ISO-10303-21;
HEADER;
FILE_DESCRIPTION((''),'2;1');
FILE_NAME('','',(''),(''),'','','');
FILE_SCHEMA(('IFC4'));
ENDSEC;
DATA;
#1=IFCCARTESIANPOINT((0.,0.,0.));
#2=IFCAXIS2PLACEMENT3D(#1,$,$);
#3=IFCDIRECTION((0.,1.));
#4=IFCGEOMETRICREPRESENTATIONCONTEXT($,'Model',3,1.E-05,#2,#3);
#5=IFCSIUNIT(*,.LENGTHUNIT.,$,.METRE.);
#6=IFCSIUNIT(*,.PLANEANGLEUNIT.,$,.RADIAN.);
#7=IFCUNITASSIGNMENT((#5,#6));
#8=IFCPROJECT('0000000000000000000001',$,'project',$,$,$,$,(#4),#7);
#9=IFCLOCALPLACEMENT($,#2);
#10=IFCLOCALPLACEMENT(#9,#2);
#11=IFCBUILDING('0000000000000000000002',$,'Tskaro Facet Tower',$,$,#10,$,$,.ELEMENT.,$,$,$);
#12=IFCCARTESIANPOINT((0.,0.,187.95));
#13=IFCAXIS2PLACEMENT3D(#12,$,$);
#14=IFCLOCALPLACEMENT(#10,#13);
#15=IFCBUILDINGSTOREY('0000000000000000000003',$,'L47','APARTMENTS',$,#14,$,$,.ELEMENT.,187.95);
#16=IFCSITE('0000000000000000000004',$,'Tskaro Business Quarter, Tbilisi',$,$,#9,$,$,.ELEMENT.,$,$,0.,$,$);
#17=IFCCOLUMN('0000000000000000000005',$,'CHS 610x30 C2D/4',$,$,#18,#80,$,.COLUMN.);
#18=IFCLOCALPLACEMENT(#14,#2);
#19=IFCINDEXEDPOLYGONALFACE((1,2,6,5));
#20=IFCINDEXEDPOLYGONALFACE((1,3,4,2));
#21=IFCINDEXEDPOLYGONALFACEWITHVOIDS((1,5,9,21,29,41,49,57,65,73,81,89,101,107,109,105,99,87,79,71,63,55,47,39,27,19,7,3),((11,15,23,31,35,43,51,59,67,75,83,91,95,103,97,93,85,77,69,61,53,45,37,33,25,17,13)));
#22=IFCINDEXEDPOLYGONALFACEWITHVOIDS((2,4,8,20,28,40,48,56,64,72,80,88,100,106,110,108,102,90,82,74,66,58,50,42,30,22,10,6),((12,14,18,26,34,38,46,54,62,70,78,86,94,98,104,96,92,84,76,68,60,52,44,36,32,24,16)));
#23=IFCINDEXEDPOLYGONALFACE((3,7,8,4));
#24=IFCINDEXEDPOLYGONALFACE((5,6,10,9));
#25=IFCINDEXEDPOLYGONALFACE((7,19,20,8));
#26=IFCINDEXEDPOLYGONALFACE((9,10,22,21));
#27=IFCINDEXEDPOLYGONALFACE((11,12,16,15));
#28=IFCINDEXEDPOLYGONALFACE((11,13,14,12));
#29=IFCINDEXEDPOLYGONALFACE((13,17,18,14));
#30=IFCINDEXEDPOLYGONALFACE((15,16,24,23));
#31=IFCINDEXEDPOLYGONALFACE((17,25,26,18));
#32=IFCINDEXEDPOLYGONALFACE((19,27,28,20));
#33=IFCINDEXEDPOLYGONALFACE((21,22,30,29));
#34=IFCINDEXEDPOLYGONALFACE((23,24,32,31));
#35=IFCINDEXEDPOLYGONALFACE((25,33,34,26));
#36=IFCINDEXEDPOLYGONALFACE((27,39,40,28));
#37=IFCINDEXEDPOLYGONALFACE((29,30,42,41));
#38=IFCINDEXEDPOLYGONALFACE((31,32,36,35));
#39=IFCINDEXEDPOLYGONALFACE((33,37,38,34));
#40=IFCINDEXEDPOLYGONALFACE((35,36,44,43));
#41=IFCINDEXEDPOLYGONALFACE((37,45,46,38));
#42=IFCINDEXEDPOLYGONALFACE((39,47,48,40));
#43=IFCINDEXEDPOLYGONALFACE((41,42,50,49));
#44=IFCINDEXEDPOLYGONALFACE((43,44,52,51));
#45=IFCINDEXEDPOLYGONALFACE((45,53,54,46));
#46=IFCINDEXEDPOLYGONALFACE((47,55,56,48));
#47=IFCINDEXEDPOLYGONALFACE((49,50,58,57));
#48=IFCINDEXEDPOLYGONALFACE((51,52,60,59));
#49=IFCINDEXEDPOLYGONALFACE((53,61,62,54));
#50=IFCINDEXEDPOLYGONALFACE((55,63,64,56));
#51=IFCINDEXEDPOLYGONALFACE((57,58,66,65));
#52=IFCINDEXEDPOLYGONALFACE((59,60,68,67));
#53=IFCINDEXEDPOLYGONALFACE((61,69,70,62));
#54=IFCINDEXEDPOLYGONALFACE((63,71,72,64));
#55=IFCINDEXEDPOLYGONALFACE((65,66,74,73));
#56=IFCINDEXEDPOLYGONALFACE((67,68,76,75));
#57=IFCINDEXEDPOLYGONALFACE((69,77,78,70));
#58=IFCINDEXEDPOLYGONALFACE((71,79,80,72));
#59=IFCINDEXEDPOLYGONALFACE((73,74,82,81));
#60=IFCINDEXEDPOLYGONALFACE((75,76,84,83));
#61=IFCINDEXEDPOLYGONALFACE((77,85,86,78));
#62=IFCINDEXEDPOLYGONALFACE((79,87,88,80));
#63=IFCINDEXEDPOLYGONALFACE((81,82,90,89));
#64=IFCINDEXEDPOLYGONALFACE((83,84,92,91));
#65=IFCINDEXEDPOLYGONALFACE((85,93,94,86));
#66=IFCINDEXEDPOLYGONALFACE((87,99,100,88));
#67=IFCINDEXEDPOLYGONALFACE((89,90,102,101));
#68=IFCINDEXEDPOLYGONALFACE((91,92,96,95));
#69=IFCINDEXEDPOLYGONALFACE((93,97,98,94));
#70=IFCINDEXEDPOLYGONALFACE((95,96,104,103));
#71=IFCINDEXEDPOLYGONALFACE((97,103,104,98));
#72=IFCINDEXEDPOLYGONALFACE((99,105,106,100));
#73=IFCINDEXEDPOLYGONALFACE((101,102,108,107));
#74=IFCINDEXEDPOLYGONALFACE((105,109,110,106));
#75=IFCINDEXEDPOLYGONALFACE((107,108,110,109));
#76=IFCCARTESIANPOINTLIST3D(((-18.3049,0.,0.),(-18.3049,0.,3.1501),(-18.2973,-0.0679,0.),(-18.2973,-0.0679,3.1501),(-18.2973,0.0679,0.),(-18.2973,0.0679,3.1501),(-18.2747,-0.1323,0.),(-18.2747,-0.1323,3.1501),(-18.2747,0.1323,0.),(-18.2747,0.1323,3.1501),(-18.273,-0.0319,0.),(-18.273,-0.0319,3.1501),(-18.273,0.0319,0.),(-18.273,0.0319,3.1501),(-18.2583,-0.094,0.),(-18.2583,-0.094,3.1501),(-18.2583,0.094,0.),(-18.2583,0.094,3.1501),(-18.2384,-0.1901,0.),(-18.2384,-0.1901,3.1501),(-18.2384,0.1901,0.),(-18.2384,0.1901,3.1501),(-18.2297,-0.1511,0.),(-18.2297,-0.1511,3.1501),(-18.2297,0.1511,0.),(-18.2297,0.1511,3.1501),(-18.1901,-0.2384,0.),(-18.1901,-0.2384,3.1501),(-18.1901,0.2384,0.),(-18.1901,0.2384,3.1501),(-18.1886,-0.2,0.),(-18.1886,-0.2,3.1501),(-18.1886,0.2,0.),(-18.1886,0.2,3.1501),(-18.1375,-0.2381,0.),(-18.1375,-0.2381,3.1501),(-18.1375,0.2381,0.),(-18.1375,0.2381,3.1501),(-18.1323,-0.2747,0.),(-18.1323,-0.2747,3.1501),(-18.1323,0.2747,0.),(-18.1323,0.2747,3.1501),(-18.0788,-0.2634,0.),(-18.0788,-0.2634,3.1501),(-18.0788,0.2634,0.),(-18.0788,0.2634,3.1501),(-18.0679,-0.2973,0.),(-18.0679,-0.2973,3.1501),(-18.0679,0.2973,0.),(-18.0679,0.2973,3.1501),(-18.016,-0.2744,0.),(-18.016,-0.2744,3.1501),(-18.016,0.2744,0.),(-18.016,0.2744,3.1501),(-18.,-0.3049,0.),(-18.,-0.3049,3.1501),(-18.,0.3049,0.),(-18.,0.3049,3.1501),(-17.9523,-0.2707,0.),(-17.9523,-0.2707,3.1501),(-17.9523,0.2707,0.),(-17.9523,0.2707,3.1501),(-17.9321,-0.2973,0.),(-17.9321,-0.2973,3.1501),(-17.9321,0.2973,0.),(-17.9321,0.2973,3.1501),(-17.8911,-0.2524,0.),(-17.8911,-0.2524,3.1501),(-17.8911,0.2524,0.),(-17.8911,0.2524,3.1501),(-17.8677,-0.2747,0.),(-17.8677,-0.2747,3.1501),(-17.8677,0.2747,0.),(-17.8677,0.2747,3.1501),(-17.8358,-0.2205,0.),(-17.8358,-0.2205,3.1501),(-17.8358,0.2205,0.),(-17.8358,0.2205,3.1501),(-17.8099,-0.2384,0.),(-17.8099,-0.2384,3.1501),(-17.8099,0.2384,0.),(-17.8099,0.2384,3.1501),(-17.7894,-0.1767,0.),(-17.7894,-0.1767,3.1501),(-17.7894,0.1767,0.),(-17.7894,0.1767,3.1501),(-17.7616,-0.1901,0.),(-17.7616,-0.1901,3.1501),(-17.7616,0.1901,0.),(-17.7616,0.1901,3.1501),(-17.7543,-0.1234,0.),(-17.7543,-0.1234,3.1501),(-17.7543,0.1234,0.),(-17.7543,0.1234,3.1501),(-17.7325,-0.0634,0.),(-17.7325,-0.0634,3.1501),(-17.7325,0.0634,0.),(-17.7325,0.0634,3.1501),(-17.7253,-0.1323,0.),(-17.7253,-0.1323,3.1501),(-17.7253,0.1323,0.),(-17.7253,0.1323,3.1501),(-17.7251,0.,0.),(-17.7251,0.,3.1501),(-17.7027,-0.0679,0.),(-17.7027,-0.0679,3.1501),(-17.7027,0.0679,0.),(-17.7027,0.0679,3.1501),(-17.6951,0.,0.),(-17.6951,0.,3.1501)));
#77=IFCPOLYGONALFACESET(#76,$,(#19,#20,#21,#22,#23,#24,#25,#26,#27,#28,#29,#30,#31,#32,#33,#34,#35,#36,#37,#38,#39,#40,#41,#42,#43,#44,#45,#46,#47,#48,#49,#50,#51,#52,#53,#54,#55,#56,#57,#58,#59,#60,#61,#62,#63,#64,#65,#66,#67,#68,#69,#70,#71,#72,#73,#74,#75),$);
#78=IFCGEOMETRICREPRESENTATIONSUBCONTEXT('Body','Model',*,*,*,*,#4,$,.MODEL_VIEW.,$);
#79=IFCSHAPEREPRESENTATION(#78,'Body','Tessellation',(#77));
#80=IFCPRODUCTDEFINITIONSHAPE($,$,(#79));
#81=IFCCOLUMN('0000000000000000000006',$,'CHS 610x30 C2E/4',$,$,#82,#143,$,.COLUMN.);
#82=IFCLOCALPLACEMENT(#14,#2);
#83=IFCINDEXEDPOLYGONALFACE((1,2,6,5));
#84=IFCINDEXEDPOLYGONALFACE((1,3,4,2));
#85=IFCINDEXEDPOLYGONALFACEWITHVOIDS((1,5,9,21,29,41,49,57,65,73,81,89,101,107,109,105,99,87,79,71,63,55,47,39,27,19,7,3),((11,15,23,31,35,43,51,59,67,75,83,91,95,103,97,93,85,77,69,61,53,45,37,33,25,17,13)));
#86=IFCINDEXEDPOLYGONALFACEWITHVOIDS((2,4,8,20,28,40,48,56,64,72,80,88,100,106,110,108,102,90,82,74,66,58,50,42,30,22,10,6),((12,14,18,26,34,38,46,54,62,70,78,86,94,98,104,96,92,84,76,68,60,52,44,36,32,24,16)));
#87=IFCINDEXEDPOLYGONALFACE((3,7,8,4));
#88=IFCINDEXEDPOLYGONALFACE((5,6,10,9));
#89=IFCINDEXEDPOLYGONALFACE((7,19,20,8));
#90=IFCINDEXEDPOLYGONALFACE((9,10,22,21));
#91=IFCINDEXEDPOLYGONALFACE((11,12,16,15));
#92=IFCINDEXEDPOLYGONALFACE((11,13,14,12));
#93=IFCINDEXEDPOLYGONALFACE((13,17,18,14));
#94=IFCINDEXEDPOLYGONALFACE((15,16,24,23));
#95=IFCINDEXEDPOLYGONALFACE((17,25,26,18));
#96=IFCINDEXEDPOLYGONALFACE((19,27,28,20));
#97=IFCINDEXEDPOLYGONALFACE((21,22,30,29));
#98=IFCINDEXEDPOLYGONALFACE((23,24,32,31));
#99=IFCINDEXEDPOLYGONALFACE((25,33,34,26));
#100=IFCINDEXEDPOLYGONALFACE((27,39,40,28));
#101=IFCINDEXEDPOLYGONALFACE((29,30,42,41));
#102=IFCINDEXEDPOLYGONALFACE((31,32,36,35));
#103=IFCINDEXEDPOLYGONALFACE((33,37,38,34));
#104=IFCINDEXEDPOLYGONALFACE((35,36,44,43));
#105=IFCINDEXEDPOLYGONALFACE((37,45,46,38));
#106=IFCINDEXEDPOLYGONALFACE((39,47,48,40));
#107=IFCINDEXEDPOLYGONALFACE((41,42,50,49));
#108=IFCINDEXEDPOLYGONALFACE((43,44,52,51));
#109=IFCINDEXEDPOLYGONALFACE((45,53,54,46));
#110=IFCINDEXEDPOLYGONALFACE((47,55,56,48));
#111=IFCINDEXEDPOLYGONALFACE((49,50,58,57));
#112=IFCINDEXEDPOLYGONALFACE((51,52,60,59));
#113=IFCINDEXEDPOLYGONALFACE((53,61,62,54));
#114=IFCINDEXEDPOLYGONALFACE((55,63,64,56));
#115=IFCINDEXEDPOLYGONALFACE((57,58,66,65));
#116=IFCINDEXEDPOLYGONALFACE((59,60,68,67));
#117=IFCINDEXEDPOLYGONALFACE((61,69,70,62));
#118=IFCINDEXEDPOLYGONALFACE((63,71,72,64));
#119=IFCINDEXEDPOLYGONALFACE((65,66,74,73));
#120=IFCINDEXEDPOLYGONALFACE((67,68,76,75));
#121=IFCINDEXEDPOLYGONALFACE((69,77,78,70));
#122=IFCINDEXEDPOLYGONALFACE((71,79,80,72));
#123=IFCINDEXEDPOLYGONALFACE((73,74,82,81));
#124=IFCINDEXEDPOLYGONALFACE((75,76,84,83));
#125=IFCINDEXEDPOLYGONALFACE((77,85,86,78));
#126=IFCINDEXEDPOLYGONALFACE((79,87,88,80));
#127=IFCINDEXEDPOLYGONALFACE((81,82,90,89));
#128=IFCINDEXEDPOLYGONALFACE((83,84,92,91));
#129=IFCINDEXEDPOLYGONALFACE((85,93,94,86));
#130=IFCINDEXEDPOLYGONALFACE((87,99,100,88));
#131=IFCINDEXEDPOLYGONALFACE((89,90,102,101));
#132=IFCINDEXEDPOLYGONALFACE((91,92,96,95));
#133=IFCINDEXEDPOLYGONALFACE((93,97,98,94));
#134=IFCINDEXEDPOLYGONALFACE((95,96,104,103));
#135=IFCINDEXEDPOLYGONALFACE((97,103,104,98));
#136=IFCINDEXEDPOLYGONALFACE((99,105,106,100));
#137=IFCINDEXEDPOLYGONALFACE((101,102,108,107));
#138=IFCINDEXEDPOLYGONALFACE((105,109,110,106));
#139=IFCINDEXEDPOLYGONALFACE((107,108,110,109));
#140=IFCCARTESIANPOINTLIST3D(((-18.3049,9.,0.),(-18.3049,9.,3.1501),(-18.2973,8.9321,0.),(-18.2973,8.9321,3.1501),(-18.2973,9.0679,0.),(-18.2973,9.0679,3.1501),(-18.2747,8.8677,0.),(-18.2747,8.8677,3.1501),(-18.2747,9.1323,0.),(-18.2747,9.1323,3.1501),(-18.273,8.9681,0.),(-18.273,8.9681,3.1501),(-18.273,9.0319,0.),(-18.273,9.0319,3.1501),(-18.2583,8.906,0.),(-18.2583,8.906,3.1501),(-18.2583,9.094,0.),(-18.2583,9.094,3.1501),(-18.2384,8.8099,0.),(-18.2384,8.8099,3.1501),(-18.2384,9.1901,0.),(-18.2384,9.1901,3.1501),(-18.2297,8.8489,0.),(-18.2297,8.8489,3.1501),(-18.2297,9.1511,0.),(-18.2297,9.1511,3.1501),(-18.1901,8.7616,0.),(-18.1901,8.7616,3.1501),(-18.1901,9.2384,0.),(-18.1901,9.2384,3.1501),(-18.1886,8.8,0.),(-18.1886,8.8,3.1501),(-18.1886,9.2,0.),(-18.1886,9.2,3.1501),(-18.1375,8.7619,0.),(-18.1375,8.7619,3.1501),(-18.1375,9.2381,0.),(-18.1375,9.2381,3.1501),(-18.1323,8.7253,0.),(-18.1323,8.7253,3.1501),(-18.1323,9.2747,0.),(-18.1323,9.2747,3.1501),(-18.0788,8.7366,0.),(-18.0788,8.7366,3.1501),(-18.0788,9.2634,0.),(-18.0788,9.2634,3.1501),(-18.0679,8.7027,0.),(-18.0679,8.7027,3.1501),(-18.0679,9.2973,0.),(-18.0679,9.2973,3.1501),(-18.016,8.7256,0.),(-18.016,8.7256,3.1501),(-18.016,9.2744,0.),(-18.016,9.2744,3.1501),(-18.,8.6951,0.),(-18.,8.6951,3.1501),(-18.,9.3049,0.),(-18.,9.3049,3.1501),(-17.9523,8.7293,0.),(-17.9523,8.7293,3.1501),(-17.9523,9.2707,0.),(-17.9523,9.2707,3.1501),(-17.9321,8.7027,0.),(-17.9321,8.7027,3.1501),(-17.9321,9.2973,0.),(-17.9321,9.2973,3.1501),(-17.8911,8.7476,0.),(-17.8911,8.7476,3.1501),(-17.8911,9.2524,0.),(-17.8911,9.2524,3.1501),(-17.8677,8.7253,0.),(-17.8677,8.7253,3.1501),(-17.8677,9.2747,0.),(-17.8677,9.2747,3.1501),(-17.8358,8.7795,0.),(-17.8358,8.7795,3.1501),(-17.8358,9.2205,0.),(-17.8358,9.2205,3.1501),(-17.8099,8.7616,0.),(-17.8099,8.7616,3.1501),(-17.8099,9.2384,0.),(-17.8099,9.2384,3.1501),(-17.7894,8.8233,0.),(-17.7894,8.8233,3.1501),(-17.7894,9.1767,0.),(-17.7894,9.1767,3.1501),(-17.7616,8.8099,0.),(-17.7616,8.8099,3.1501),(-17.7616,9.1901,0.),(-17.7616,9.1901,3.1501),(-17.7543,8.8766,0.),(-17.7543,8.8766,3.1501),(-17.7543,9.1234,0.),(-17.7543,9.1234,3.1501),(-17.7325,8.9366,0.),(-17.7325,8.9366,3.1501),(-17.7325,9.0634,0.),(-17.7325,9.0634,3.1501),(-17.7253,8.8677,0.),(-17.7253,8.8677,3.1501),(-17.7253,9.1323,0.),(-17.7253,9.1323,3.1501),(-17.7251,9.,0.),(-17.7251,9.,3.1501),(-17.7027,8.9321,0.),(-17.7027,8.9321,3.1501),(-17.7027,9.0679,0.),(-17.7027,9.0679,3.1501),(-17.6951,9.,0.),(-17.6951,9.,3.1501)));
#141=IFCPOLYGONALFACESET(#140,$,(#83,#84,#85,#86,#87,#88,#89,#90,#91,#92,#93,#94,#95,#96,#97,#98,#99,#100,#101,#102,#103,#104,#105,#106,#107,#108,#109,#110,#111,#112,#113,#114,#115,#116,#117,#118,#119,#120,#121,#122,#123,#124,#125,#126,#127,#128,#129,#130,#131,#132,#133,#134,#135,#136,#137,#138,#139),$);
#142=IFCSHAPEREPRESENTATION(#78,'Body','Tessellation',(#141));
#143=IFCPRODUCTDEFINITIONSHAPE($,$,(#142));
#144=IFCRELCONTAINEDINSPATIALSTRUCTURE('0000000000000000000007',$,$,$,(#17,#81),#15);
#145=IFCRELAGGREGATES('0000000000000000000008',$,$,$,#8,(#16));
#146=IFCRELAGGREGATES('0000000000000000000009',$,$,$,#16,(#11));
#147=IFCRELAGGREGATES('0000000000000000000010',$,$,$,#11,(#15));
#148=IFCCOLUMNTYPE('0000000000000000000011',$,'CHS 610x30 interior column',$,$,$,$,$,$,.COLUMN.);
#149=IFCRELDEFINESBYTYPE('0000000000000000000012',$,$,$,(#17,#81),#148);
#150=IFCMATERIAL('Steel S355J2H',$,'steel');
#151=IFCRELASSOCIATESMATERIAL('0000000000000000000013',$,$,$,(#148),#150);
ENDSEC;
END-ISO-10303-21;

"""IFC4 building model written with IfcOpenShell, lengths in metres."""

from ifc_helpers import new_model, si_unit, direction, frame, origin, origin_2d, place, context, subcontext, project, spatial, hollow_circle, extrude, material, material_profile, profile_set, type_object, element, save


model = new_model("IFC4")

# Units and contexts
model_context = context("Model", 3, precision=1e-05, world=origin(), true_north=direction((0.0, 1.0)))
body_context = subcontext(model_context, "Body", "Model", "MODEL_VIEW")
ifc_project = project(units=[si_unit("LENGTHUNIT", "METRE"), si_unit("PLANEANGLEUNIT", "RADIAN")], contexts=[model_context])

# Site, building, storey
site_placement = place(None, origin())
site = spatial("IfcSite", under=ifc_project, at=site_placement, Name="Tskaro Business Quarter, Tbilisi", CompositionType="ELEMENT", RefElevation=0.0)
building_placement = place(site_placement, origin())
building = spatial("IfcBuilding", under=site, at=building_placement, Name="Tskaro Facet Tower", CompositionType="ELEMENT")
storey_placement = place(building_placement, frame((0.0, 0.0, 187.95)))
storey = spatial("IfcBuildingStorey", under=building, at=storey_placement, Name="L47", Description="APARTMENTS", CompositionType="ELEMENT", Elevation=187.95)

# Columns
ifc_material_1 = material(Name="Steel S355J2H", Category="steel")
ifc_material_profile_1 = material_profile(ifc_material_1, hollow_circle(Radius=0.3049, WallThickness=0.03, at=origin_2d()), Name="CHS 610x30")
ifc_profile_set_1 = profile_set([ifc_material_profile_1], Name="Steel S355J2H")
column_type_1 = type_object("IfcColumnType", Name="CHS 610x30 interior column", PredefinedType="COLUMN", material=ifc_profile_set_1)
for number, where, z_axis, x_axis, name in (
    (1, (-18.0, 0.0, 0.0), (0.0, 0.0, 1.0), (1.0, 0.0, 0.0), "CHS 610x30 C2D/4"),
    (2, (-18.0, 9.0, 0.0), (0.0, 0.0, 1.0), (1.0, 0.0, 0.0), "CHS 610x30 C2E/4"),
):
    element("IfcColumn", number, at=place(storey_placement, frame(where, z_axis=z_axis, x_axis=x_axis)), inside=storey, type_object=column_type_1, Name=name, PredefinedType="COLUMN", context=body_context, shape_type="SweptSolid", body=[
        extrude(hollow_circle(Radius=0.3049, WallThickness=0.03, at=origin_2d()), origin(), (0.0, 0.0, 1.0), 3.1501),
    ])

save(model, "model.ifc")
